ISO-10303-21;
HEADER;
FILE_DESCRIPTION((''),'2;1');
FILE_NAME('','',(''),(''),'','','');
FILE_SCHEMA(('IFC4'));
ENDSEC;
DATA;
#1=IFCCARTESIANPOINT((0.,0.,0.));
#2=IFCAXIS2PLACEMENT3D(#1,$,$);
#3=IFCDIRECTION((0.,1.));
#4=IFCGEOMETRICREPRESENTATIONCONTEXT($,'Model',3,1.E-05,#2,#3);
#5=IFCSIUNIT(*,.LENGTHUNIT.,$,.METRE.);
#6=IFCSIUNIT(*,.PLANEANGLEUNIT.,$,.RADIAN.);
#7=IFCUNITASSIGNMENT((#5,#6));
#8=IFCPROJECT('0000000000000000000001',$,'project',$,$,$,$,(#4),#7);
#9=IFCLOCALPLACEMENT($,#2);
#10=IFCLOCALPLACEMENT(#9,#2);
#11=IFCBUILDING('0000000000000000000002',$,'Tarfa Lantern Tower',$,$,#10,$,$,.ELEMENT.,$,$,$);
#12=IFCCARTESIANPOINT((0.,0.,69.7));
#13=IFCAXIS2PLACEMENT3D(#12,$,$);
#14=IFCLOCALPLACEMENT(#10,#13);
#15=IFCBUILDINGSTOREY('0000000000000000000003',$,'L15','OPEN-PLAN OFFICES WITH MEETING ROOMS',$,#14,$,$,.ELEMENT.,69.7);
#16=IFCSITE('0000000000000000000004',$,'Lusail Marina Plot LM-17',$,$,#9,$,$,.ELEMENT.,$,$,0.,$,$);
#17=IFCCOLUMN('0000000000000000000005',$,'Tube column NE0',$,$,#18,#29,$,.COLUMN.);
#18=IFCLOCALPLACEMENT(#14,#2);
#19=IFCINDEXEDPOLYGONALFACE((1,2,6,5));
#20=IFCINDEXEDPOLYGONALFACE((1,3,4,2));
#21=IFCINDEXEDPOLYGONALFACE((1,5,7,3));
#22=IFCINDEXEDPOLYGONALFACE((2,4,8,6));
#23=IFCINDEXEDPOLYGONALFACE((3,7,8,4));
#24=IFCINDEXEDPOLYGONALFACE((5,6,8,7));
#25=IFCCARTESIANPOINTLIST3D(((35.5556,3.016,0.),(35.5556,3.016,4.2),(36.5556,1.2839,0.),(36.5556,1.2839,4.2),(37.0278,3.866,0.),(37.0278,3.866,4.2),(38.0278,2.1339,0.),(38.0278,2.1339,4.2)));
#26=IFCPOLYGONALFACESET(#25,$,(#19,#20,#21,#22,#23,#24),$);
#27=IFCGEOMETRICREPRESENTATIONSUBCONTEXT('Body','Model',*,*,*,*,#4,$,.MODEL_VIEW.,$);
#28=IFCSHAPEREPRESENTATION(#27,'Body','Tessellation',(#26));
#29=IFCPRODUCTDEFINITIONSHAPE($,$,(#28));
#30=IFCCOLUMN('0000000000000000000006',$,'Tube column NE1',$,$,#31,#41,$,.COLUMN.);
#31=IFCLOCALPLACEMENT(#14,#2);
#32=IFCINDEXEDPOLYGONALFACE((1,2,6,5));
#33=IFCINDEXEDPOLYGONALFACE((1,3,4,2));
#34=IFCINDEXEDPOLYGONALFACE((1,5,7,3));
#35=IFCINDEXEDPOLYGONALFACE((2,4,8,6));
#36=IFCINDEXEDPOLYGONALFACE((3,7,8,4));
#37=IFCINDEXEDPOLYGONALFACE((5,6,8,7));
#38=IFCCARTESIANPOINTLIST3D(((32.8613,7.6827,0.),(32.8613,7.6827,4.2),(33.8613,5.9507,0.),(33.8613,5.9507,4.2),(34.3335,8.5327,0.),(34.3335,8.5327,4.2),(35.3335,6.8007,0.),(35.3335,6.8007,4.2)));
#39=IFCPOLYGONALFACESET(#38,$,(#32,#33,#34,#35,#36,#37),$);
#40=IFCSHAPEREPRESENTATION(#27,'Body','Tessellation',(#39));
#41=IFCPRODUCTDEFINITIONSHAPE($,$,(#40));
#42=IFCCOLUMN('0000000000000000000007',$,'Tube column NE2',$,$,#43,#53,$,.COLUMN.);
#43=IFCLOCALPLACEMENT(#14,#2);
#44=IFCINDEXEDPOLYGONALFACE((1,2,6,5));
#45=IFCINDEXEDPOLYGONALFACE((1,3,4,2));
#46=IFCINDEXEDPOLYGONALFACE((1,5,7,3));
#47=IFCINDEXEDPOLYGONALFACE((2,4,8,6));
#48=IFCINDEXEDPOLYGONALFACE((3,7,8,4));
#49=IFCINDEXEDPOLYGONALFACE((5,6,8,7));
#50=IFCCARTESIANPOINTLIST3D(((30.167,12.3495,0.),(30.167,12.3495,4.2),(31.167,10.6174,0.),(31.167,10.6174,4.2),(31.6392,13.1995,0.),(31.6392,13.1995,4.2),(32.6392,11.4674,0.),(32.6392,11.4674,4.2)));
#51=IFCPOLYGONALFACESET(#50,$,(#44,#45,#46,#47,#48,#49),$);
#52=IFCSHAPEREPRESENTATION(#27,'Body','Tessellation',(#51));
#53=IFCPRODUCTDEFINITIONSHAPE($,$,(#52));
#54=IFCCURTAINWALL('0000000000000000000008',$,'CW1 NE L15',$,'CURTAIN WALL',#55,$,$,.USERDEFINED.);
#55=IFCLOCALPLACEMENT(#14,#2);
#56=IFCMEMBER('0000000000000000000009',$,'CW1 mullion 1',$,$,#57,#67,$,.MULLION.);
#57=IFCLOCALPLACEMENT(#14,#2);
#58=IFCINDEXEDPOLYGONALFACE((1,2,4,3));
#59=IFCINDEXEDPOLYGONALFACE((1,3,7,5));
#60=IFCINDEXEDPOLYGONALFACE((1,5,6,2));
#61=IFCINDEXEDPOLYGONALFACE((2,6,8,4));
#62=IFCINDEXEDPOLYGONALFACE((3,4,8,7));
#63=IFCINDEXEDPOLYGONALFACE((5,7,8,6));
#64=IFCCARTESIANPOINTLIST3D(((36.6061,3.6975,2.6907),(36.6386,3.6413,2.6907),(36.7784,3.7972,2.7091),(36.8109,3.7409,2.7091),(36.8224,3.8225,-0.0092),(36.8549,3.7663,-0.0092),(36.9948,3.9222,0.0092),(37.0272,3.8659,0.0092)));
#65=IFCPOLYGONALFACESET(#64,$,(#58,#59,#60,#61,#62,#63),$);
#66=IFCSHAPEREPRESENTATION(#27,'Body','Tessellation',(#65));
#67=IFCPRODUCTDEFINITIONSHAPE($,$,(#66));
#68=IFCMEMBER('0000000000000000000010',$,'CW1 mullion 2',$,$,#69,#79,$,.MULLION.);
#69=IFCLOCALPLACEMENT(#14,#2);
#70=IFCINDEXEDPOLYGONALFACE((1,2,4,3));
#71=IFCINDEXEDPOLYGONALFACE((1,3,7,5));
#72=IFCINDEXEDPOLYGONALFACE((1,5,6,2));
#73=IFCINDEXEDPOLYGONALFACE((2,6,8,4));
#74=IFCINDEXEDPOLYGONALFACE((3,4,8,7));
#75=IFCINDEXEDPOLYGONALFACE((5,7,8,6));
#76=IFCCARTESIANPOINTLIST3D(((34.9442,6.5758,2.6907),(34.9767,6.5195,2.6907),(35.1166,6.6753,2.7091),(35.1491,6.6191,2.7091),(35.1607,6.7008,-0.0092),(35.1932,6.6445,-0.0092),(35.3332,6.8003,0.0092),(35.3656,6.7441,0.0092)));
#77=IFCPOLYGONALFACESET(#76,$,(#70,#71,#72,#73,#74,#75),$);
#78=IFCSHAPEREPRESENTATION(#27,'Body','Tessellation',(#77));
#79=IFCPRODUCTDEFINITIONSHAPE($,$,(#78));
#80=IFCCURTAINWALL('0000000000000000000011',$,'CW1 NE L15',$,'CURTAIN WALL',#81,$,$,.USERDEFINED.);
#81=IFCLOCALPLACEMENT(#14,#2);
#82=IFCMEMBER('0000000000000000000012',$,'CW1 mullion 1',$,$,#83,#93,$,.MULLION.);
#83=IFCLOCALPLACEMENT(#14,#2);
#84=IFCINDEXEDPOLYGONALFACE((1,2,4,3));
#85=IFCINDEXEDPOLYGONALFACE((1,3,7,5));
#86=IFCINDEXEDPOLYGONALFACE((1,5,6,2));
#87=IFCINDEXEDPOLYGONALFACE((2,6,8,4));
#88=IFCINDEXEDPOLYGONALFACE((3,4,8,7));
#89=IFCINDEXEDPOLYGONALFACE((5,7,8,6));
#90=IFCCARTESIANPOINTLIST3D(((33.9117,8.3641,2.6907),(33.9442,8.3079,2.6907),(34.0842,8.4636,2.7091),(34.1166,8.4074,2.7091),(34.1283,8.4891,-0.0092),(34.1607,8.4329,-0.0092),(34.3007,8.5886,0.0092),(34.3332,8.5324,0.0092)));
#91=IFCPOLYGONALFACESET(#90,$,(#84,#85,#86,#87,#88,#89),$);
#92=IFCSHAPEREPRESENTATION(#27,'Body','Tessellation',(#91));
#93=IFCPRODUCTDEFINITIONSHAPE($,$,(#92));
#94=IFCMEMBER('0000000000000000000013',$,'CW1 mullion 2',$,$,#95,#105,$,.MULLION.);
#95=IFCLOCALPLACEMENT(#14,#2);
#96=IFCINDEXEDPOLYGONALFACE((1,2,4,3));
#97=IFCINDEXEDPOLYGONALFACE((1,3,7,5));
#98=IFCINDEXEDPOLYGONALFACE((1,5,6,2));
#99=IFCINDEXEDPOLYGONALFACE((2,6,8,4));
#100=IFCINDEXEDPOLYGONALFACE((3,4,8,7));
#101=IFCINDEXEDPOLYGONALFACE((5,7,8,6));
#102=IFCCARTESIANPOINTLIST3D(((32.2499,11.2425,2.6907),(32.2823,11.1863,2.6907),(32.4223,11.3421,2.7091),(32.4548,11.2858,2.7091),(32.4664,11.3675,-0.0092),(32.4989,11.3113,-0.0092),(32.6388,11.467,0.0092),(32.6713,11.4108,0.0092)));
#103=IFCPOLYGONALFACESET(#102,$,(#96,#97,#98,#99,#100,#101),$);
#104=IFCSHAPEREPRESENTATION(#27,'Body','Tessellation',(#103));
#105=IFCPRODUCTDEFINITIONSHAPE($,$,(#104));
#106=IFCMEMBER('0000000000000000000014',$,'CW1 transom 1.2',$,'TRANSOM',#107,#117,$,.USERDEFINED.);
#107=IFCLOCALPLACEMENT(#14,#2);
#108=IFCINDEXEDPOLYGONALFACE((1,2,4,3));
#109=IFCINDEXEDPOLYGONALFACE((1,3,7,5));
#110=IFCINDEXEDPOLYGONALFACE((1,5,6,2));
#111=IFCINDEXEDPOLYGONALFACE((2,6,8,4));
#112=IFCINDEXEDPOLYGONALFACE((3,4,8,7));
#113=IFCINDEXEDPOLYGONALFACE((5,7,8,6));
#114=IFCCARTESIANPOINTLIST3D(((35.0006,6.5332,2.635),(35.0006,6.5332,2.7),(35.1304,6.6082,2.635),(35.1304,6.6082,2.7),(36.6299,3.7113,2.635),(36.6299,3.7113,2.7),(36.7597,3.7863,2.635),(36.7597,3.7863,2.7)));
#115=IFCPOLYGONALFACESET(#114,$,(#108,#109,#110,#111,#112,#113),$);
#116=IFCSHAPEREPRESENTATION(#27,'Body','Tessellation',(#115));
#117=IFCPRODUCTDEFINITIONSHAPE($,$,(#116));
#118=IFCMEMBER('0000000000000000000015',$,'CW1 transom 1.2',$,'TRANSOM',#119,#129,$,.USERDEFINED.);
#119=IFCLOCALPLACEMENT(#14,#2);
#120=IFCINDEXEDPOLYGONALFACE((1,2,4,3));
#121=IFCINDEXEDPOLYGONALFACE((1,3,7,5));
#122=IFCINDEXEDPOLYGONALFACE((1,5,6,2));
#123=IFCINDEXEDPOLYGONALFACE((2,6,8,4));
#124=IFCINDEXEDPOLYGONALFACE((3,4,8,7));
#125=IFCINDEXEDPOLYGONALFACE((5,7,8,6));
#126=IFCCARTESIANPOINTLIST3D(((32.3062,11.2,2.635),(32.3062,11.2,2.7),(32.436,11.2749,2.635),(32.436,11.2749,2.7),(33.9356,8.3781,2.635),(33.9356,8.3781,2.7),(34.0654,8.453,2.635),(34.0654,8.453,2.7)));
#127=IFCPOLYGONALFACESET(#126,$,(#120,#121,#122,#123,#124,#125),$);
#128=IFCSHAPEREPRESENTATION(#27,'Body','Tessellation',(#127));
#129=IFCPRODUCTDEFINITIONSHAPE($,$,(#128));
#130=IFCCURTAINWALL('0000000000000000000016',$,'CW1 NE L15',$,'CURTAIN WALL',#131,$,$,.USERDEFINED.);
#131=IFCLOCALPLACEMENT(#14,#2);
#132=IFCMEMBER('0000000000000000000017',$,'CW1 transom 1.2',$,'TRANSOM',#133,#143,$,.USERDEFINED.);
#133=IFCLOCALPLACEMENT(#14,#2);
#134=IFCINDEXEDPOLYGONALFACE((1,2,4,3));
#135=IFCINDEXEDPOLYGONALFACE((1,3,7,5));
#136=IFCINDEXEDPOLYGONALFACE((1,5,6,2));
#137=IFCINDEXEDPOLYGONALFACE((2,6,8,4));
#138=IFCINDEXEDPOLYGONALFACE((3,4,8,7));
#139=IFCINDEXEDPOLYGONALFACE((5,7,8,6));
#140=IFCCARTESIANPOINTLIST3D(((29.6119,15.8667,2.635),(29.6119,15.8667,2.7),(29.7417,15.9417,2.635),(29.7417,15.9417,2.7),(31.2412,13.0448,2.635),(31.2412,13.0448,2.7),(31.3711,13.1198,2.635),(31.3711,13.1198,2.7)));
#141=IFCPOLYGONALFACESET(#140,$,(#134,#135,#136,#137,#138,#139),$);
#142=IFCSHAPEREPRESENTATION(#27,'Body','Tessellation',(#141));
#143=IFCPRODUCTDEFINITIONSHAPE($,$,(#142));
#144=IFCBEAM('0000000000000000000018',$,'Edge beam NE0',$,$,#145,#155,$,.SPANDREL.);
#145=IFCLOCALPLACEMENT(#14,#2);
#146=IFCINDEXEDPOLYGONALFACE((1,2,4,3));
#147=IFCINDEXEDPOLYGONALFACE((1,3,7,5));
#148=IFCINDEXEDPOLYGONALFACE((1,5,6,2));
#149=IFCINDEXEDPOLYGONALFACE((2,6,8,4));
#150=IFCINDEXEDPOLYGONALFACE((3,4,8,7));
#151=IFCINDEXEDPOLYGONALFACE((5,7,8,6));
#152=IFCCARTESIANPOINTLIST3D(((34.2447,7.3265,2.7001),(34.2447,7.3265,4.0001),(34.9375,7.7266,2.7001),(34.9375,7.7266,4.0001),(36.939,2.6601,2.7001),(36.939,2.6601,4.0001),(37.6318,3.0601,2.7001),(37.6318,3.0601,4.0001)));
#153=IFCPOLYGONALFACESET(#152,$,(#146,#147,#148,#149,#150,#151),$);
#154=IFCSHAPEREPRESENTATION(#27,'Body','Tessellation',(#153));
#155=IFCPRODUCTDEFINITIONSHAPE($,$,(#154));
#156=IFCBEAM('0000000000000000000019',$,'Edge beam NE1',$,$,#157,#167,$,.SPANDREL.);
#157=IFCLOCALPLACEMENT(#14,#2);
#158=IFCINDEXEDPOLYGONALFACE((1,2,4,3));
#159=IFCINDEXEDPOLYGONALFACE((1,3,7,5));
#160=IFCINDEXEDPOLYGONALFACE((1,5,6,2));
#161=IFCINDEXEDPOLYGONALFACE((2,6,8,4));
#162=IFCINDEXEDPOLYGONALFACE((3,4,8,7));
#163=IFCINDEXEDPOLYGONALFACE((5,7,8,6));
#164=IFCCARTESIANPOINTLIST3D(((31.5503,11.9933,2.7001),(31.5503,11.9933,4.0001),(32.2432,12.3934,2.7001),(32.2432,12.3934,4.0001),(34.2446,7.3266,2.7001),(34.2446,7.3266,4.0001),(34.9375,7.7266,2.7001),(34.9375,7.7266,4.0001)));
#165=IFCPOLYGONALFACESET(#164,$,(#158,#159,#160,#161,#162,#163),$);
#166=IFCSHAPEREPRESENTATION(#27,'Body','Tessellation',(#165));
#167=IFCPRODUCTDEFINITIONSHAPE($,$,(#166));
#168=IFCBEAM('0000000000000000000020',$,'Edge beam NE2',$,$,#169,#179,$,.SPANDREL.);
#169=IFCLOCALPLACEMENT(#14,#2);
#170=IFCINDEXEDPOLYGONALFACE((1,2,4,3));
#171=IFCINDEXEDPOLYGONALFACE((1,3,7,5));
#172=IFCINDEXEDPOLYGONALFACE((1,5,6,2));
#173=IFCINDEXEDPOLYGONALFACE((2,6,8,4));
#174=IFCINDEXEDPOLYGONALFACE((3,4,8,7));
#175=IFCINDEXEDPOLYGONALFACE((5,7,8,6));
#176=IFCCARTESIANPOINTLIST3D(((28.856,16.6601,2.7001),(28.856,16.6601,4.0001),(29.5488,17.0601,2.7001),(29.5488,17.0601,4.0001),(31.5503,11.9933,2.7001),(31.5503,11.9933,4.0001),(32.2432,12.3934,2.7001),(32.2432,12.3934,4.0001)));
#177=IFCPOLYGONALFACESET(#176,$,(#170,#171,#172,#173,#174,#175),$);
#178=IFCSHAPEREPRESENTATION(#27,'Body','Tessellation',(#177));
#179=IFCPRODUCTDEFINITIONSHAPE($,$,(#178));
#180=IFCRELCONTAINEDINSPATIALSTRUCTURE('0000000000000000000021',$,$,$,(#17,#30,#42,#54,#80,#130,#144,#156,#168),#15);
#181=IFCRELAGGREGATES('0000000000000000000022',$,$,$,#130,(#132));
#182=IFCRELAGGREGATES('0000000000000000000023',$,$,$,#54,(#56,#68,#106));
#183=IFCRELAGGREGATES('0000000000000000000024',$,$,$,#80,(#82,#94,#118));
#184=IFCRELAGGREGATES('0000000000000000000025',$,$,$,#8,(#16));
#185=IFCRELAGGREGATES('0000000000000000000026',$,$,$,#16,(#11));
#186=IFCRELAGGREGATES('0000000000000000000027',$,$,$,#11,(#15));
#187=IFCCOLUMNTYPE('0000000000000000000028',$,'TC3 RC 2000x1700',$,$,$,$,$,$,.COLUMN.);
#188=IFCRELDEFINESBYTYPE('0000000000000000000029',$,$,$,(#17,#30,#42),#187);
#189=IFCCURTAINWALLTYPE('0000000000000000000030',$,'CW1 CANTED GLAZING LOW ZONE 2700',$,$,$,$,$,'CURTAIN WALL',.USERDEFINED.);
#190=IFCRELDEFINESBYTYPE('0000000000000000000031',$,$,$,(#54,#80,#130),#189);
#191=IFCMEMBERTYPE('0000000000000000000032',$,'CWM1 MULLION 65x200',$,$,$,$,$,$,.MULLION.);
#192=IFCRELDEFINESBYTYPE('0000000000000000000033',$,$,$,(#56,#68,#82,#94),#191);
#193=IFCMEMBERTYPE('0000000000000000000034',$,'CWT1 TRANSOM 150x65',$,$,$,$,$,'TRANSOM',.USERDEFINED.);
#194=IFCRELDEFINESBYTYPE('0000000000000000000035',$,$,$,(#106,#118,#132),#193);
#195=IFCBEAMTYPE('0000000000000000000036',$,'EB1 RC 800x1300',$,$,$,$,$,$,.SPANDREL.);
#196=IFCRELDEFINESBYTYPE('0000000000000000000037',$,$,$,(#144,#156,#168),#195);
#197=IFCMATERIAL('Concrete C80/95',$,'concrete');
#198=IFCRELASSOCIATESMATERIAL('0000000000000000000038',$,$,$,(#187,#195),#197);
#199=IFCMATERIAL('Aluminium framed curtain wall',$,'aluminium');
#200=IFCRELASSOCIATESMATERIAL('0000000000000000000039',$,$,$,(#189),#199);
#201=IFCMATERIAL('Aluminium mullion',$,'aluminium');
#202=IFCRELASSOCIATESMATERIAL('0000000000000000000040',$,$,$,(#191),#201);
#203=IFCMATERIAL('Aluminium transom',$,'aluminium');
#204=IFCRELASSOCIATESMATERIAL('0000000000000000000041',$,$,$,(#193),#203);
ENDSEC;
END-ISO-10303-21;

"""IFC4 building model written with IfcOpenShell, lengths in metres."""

from ifc_helpers import new_model, si_unit, direction, frame, origin, origin_2d, place, context, subcontext, project, spatial, rectangle, extrude, material, material_profile, profile_set, type_object, element, aggregate, save


model = new_model("IFC4")

# Units and contexts
model_context = context("Model", 3, precision=1e-05, world=origin(), true_north=direction((0.0, 1.0)))
body_context = subcontext(model_context, "Body", "Model", "MODEL_VIEW")
ifc_project = project(units=[si_unit("LENGTHUNIT", "METRE"), si_unit("PLANEANGLEUNIT", "RADIAN")], contexts=[model_context])

# Site, building, storey
site_placement = place(None, origin())
site = spatial("IfcSite", under=ifc_project, at=site_placement, Name="Lusail Marina Plot LM-17", CompositionType="ELEMENT", RefElevation=0.0)
building_placement = place(site_placement, origin())
building = spatial("IfcBuilding", under=site, at=building_placement, Name="Tarfa Lantern Tower", CompositionType="ELEMENT")
storey_placement = place(building_placement, frame((0.0, 0.0, 69.7)))
storey = spatial("IfcBuildingStorey", under=building, at=storey_placement, Name="L15", Description="OPEN-PLAN OFFICES WITH MEETING ROOMS", CompositionType="ELEMENT", Elevation=69.7)

# Columns
ifc_material_1 = material(Name="Concrete C80/95", Category="concrete")
ifc_material_profile_1 = material_profile(ifc_material_1, rectangle(XDim=2.0, YDim=1.7, at=origin_2d()), Name="RC 2000x1700")
ifc_profile_set_1 = profile_set([ifc_material_profile_1], Name="Concrete C80/95")
column_type = type_object("IfcColumnType", Name="TC3 RC 2000x1700", PredefinedType="COLUMN", material=ifc_profile_set_1)
for number, where, z_axis, x_axis, name in (
    (1, (36.7917, 2.575, 0.0), (0.0, 0.0, 1.0), (-0.5, 0.866025, 0.0), "Tube column NE0"),
    (2, (34.0974, 7.2417, 0.0), (0.0, 0.0, 1.0), (-0.5, 0.866025, 0.0), "Tube column NE1"),
    (3, (31.4031, 11.9084, 0.0), (0.0, 0.0, 1.0), (-0.5, 0.866025, 0.0), "Tube column NE2"),
):
    element("IfcColumn", number, at=place(storey_placement, frame(where, z_axis=z_axis, x_axis=x_axis)), inside=storey, type_object=column_type, Name=name, PredefinedType="COLUMN", context=body_context, shape_type="SweptSolid", body=[
        extrude(rectangle(XDim=2.0, YDim=1.7, at=origin_2d()), origin(), (0.0, 0.0, 1.0), 4.2),
    ])

# Curtain walls, members
ifc_material_2 = material(Name="Aluminium framed curtain wall", Category="aluminium")
curtain_wall_type = type_object("IfcCurtainWallType", Name="CW1 CANTED GLAZING LOW ZONE 2700", ElementType="CURTAIN WALL", PredefinedType="USERDEFINED", material=ifc_material_2)
curtain_wall_1_placement = place(storey_placement, origin())
curtain_wall_1 = element("IfcCurtainWall", 4, at=curtain_wall_1_placement, inside=storey, type_object=curtain_wall_type, Name="CW1 NE L15", ObjectType="CURTAIN WALL", PredefinedType="USERDEFINED")
ifc_material_3 = material(Name="Aluminium mullion", Category="aluminium")
ifc_material_profile_2 = material_profile(ifc_material_3, rectangle(XDim=0.0649, YDim=0.2, at=origin_2d()), Name="AL MULLION 65x200")
ifc_profile_set_2 = profile_set([ifc_material_profile_2], Name="Aluminium mullion")
member_type_1 = type_object("IfcMemberType", Name="CWM1 MULLION 65x200", PredefinedType="MULLION", material=ifc_profile_set_2)
member_1_placement = place(storey_placement, frame((36.9248, 3.8442, 0.0), z_axis=(-0.079775, -0.0461, 0.995746), x_axis=(0.500343, -0.865827, 0.0)))
member_1 = element("IfcMember", 5, at=member_1_placement, type_object=member_type_1, Name="CW1 mullion 1", PredefinedType="MULLION", context=body_context, shape_type="SweptSolid", body=[
    extrude(rectangle(XDim=0.0649, YDim=0.2, at=origin_2d()), origin(), (0.0, 0.0, 1.0), 2.7114),
])
member_2_placement = place(storey_placement, frame((35.2632, 6.7224, 0.0), z_axis=(-0.079864, -0.0461, 0.995739), x_axis=(0.49992, -0.866072, 0.0)))
member_2 = element("IfcMember", 6, at=member_2_placement, type_object=member_type_1, Name="CW1 mullion 2", PredefinedType="MULLION", context=body_context, shape_type="SweptSolid", body=[
    extrude(rectangle(XDim=0.0649, YDim=0.2, at=origin_2d()), origin(), (0.0, 0.0, 1.0), 2.7114),
])
curtain_wall_2_placement = place(storey_placement, origin())
curtain_wall_2 = element("IfcCurtainWall", 7, at=curtain_wall_2_placement, inside=storey, type_object=curtain_wall_type, Name="CW1 NE L15", ObjectType="CURTAIN WALL", PredefinedType="USERDEFINED")
member_3_placement = place(storey_placement, frame((34.2307, 8.5107, 0.0), z_axis=(-0.079864, -0.0461, 0.995739), x_axis=(0.49992, -0.866072, 0.0)))
member_3 = element("IfcMember", 8, at=member_3_placement, type_object=member_type_1, Name="CW1 mullion 1", PredefinedType="MULLION", context=body_context, shape_type="SweptSolid", body=[
    extrude(rectangle(XDim=0.0649, YDim=0.2, at=origin_2d()), origin(), (0.0, 0.0, 1.0), 2.7114),
])
member_4_placement = place(storey_placement, frame((32.5688, 11.3892, 0.0), z_axis=(-0.079864, -0.0461, 0.995739), x_axis=(0.49992, -0.866072, 0.0)))
member_4 = element("IfcMember", 9, at=member_4_placement, type_object=member_type_1, Name="CW1 mullion 2", PredefinedType="MULLION", context=body_context, shape_type="SweptSolid", body=[
    extrude(rectangle(XDim=0.0649, YDim=0.2, at=origin_2d()), origin(), (0.0, 0.0, 1.0), 2.7114),
])

# Members
ifc_material_4 = material(Name="Aluminium transom", Category="aluminium")
ifc_material_profile_3 = material_profile(ifc_material_4, rectangle(XDim=0.1499, YDim=0.0649, at=origin_2d()), Name="AL TRANSOM 150x65")
ifc_profile_set_3 = profile_set([ifc_material_profile_3], Name="Aluminium transom")
member_type_2 = type_object("IfcMemberType", Name="CWT1 TRANSOM 150x65", ElementType="TRANSOM", PredefinedType="USERDEFINED", material=ifc_profile_set_3)
member_5_placement = place(storey_placement, frame((36.6948, 3.7488, 2.6675), z_axis=(-0.500023, 0.866012, 0.0), x_axis=(-0.866012, -0.500023, 0.0)))
member_5 = element("IfcMember", 10, at=member_5_placement, type_object=member_type_2, Name="CW1 transom 1.2", ObjectType="TRANSOM", PredefinedType="USERDEFINED", context=body_context, shape_type="SweptSolid", body=[
    extrude(rectangle(XDim=0.1499, YDim=0.0649, at=origin_2d()), origin(), (0.0, 0.0, 1.0), 3.2585),
])
member_6_placement = place(storey_placement, frame((34.0005, 8.4155, 2.6675), z_axis=(-0.500023, 0.866012, 0.0), x_axis=(-0.866012, -0.500023, 0.0)))
member_6 = element("IfcMember", 11, at=member_6_placement, type_object=member_type_2, Name="CW1 transom 1.2", ObjectType="TRANSOM", PredefinedType="USERDEFINED", context=body_context, shape_type="SweptSolid", body=[
    extrude(rectangle(XDim=0.1499, YDim=0.0649, at=origin_2d()), origin(), (0.0, 0.0, 1.0), 3.2585),
])

# Curtain wall, member
curtain_wall_3_placement = place(storey_placement, origin())
curtain_wall_3 = element("IfcCurtainWall", 12, at=curtain_wall_3_placement, inside=storey, type_object=curtain_wall_type, Name="CW1 NE L15", ObjectType="CURTAIN WALL", PredefinedType="USERDEFINED")
member_7_placement = place(storey_placement, frame((31.3062, 13.0823, 2.6675), z_axis=(-0.500023, 0.866012, 0.0), x_axis=(-0.866012, -0.500023, 0.0)))
member_7 = element("IfcMember", 13, at=member_7_placement, type_object=member_type_2, Name="CW1 transom 1.2", ObjectType="TRANSOM", PredefinedType="USERDEFINED", context=body_context, shape_type="SweptSolid", body=[
    extrude(rectangle(XDim=0.1499, YDim=0.0649, at=origin_2d()), origin(), (0.0, 0.0, 1.0), 3.2585),
])
aggregate(curtain_wall_3, [member_7])

# Beams
ifc_material_profile_4 = material_profile(ifc_material_1, rectangle(XDim=0.8, YDim=1.3, at=origin_2d()), Name="RC 800x1300")
ifc_profile_set_4 = profile_set([ifc_material_profile_4], Name="Concrete C80/95")
beam_type_1 = type_object("IfcBeamType", Name="EB1 RC 800x1300", PredefinedType="SPANDREL", material=ifc_profile_set_4)
beam_1_placement = place(storey_placement, frame((37.2854, 2.8601, 3.3501), z_axis=(-0.500018, 0.866015, 0.0), x_axis=(-0.866015, -0.500018, 0.0)))
element("IfcBeam", 14, at=beam_1_placement, inside=storey, type_object=beam_type_1, Name="Edge beam NE0", PredefinedType="SPANDREL", context=body_context, shape_type="SweptSolid", body=[
    extrude(rectangle(XDim=0.8, YDim=1.3, at=origin_2d()), origin(), (0.0, 0.0, 1.0), 5.3884),
])
for number, where, z_axis, x_axis, name in (
    (15, (34.5911, 7.5266, 3.3501), (-0.499998, 0.866026, 0.0), (-0.866026, -0.499998, 0.0), "Edge beam NE1"),
    (16, (31.8967, 12.1934, 3.3501), (-0.499998, 0.866026, 0.0), (-0.866026, -0.499998, 0.0), "Edge beam NE2"),
):
    element("IfcBeam", number, at=place(storey_placement, frame(where, z_axis=z_axis, x_axis=x_axis)), inside=storey, type_object=beam_type_1, Name=name, PredefinedType="SPANDREL", context=body_context, shape_type="SweptSolid", body=[
        extrude(rectangle(XDim=0.8, YDim=1.3, at=origin_2d()), origin(), (0.0, 0.0, 1.0), 5.3887),
    ])

aggregate(curtain_wall_1, [member_1, member_2, member_5])
aggregate(curtain_wall_2, [member_3, member_4, member_6])

save(model, "model.ifc")
